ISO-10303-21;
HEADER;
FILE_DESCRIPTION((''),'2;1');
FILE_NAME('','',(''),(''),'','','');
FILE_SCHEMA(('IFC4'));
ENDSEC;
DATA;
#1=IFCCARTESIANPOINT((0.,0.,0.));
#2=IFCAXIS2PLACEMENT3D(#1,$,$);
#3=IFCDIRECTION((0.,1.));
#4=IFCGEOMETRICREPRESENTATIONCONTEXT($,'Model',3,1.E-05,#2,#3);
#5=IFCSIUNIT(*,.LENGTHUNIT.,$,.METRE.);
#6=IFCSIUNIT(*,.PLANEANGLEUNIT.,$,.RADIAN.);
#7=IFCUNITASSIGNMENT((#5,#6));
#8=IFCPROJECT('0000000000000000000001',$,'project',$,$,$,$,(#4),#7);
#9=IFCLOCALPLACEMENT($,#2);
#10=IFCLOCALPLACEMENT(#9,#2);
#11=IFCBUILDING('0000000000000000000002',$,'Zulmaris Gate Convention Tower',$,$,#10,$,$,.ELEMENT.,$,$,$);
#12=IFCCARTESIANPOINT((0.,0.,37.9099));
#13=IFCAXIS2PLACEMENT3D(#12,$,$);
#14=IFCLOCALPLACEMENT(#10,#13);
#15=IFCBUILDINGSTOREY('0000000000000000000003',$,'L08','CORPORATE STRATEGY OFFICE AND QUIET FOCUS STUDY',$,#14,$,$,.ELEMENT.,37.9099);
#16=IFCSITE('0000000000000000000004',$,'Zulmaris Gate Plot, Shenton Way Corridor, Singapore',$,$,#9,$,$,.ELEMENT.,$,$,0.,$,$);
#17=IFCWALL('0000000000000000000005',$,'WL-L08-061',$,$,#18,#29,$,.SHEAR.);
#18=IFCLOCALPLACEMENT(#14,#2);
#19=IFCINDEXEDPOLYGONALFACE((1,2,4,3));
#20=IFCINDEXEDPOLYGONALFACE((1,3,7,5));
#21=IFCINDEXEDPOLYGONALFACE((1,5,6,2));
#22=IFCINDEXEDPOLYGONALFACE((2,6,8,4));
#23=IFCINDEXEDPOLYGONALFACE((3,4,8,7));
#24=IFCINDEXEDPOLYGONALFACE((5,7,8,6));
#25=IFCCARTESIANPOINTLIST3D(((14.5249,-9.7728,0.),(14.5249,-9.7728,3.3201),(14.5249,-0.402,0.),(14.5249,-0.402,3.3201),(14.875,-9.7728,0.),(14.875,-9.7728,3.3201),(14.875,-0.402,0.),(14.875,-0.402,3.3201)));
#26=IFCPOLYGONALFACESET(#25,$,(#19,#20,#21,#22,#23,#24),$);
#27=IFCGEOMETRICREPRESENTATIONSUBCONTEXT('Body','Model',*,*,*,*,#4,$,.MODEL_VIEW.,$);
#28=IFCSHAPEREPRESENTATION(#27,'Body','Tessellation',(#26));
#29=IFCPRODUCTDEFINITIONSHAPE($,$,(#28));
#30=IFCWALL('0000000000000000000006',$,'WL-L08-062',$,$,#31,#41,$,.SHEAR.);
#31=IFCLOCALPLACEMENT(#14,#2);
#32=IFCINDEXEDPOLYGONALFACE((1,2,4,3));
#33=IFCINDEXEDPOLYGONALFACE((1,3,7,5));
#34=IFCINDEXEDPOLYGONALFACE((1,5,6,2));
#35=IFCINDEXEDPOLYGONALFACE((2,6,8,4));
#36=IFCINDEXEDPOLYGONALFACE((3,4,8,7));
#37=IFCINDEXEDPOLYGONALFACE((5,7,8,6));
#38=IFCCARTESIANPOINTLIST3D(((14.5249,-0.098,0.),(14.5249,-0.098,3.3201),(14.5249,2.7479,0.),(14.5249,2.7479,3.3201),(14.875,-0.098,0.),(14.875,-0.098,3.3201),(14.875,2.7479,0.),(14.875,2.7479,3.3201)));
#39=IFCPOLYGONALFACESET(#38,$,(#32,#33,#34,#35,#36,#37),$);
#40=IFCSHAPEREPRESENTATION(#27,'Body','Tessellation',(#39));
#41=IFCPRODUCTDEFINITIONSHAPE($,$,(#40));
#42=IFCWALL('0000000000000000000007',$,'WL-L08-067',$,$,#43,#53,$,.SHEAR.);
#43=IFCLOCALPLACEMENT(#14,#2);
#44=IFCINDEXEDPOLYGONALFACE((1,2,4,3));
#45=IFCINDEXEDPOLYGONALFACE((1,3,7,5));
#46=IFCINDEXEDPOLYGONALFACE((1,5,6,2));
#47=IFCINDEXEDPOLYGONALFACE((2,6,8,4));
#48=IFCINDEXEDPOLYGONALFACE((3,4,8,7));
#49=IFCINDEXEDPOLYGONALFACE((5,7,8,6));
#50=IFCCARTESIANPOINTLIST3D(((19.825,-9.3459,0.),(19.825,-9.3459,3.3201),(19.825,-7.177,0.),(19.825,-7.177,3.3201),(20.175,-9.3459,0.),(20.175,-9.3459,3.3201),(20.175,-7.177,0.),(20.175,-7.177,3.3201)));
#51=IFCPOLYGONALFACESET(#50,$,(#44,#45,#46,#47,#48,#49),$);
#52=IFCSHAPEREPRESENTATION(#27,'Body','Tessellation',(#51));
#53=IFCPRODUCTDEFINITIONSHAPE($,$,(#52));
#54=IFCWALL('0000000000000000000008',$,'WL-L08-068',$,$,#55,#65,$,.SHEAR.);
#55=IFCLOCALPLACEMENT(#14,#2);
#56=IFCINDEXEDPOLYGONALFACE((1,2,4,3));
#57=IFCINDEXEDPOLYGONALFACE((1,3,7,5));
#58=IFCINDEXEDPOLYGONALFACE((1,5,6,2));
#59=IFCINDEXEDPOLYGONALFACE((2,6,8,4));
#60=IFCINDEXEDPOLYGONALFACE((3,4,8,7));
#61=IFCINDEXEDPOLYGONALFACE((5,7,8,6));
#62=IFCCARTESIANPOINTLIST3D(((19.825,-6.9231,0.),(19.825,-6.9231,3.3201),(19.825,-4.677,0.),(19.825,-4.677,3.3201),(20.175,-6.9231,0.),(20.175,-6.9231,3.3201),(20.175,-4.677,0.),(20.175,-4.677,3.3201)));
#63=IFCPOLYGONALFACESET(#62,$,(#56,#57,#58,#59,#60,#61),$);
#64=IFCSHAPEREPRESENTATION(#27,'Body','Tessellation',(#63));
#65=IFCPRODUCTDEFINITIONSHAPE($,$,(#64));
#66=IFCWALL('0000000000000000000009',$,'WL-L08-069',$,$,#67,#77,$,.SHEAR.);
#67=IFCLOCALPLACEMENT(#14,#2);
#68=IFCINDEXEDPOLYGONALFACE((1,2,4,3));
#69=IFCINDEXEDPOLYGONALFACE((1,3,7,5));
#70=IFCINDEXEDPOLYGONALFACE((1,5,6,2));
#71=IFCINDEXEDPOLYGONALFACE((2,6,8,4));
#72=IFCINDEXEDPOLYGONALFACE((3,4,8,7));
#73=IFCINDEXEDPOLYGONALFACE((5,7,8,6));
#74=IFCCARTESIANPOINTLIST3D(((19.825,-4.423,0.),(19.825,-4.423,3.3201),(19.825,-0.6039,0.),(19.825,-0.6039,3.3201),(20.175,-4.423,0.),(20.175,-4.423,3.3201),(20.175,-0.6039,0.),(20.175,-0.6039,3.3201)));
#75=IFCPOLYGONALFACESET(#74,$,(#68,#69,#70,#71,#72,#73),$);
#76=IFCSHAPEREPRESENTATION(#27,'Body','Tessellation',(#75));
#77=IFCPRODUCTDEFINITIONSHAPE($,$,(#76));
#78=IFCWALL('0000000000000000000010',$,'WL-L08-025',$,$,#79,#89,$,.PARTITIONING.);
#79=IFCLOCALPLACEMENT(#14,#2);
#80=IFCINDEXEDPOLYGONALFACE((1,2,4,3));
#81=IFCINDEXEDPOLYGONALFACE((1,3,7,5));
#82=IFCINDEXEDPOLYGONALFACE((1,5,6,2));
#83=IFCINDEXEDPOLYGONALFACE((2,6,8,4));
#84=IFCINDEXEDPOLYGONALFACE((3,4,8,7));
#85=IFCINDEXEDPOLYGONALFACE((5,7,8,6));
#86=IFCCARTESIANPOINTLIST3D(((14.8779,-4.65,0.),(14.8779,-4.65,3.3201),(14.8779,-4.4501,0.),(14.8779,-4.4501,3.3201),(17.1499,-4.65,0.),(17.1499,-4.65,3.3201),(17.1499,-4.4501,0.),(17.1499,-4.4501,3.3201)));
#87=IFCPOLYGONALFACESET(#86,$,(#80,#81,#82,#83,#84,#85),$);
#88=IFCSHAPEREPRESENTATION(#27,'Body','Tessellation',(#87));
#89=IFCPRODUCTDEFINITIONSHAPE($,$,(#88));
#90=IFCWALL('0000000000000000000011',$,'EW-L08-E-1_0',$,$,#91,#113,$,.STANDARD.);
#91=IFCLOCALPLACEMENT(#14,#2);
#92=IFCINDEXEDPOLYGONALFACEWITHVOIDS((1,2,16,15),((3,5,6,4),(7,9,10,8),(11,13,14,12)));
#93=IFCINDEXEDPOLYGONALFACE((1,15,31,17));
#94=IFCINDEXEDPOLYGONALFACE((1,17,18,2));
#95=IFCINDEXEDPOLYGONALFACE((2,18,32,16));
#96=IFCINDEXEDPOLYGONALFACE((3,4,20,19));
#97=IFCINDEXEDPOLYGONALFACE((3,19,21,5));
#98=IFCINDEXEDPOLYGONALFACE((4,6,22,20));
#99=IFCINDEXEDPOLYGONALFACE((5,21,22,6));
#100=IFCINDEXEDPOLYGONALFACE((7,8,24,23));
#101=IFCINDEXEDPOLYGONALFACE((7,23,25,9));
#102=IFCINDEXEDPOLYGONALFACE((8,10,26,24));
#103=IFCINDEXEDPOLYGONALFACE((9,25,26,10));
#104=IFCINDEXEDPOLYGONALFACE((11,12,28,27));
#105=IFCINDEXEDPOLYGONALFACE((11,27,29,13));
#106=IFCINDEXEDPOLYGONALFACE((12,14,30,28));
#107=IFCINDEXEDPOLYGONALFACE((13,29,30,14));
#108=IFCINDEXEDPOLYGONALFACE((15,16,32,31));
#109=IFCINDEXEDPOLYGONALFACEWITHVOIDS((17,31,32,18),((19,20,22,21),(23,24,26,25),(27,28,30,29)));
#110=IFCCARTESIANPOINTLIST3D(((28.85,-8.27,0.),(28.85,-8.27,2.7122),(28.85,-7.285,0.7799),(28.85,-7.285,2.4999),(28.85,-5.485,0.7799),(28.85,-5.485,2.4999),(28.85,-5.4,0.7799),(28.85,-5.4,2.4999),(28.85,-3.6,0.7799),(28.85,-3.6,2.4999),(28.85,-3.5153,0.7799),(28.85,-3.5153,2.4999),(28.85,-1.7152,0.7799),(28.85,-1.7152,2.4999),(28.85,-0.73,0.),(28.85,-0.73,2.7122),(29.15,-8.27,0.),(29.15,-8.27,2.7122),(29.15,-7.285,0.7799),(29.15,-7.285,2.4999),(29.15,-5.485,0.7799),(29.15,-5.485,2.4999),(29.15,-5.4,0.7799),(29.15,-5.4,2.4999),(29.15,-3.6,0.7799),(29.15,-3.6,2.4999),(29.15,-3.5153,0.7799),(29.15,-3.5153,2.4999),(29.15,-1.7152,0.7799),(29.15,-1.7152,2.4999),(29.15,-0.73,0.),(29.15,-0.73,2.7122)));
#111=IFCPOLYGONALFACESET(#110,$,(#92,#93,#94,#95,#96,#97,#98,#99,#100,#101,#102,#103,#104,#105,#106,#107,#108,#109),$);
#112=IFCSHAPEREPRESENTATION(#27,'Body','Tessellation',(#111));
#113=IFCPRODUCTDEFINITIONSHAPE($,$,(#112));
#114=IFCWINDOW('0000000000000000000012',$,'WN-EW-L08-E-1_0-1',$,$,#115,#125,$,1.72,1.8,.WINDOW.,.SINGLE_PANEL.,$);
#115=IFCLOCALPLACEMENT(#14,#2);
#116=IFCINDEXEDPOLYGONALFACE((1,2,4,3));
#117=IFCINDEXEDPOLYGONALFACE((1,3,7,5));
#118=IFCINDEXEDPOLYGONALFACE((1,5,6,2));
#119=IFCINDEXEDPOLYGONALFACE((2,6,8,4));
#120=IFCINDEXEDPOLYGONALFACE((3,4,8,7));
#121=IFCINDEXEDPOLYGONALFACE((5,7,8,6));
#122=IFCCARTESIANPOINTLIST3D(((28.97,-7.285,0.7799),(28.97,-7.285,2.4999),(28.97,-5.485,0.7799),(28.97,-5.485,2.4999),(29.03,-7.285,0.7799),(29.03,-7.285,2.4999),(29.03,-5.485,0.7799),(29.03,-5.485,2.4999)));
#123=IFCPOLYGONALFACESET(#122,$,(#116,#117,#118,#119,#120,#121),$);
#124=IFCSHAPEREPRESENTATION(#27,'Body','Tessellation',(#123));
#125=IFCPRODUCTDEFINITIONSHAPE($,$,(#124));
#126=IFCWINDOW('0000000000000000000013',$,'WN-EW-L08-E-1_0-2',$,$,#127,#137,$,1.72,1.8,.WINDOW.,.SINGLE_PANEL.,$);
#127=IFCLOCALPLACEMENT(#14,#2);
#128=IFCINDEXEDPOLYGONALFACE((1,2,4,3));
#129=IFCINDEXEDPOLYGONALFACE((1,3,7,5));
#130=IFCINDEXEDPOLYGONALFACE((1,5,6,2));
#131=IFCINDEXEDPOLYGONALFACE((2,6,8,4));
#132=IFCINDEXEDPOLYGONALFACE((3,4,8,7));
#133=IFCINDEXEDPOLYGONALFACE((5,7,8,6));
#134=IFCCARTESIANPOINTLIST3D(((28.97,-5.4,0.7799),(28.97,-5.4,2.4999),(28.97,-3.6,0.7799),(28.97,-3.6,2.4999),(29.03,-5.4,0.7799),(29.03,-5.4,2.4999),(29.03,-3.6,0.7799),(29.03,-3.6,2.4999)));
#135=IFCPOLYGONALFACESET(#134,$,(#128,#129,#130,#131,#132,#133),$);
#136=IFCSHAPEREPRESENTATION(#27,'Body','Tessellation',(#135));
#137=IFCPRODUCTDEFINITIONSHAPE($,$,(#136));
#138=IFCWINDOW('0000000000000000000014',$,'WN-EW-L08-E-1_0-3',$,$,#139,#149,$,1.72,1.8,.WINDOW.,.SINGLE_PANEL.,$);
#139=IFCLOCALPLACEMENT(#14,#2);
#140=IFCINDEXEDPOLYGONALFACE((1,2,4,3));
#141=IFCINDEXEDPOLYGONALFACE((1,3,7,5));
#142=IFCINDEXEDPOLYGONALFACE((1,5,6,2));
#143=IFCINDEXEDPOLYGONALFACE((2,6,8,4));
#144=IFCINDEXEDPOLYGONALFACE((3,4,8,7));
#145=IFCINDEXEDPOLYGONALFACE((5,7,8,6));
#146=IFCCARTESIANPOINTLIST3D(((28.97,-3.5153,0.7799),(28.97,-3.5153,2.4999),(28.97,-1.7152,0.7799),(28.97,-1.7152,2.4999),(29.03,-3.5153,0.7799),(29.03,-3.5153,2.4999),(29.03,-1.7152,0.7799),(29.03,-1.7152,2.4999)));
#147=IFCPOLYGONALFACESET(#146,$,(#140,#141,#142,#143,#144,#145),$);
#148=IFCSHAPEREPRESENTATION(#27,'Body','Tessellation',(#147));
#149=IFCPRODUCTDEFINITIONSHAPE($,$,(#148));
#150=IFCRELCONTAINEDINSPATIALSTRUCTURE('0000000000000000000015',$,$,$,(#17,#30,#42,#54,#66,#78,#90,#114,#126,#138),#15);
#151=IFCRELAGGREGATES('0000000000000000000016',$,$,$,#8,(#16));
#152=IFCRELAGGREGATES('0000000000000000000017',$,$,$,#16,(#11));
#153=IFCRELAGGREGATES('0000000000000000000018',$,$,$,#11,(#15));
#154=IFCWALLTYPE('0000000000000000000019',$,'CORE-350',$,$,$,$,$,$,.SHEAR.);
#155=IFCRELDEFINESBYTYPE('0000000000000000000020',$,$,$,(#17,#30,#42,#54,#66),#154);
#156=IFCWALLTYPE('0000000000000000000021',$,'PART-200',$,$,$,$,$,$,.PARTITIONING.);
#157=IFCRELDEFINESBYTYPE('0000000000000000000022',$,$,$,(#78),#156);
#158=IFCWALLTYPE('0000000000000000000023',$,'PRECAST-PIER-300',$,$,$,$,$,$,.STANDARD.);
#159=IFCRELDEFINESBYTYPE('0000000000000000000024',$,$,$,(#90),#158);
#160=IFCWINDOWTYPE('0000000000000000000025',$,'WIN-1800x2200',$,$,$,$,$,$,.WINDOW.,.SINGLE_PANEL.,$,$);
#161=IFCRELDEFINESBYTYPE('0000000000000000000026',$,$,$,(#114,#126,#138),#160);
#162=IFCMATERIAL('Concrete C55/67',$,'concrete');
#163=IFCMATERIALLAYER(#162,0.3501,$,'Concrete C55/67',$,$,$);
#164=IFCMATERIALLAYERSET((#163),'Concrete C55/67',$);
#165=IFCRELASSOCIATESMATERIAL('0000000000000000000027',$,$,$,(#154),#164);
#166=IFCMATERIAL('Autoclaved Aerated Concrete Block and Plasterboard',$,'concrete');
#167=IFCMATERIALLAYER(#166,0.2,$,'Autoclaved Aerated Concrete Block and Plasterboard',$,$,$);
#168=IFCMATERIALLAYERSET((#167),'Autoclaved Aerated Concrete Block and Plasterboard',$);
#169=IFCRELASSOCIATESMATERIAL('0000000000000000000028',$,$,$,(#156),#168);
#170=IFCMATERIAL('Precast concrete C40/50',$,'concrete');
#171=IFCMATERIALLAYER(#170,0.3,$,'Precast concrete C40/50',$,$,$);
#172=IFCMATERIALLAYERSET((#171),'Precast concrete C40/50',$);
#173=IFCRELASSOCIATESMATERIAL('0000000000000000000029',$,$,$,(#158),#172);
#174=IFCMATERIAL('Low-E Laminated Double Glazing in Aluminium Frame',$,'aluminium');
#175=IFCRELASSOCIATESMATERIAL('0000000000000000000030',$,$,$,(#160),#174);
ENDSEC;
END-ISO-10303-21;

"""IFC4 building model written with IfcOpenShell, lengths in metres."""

from ifc_helpers import new_model, si_unit, direction, frame, frame_2d, origin, place, context, subcontext, project, spatial, rectangle, extrude, material, layer, layer_set, type_object, element, fill, save


model = new_model("IFC4")

# Units and contexts
model_context = context("Model", 3, precision=1e-05, world=origin(), true_north=direction((0.0, 1.0)))
body_context = subcontext(model_context, "Body", "Model", "MODEL_VIEW")
ifc_project = project(units=[si_unit("LENGTHUNIT", "METRE"), si_unit("PLANEANGLEUNIT", "RADIAN")], contexts=[model_context])

# Site, building, storey
site_placement = place(None, origin())
site = spatial("IfcSite", under=ifc_project, at=site_placement, Name="Zulmaris Gate Plot, Shenton Way Corridor, Singapore", CompositionType="ELEMENT", RefElevation=0.0)
building_placement = place(site_placement, origin())
building = spatial("IfcBuilding", under=site, at=building_placement, Name="Zulmaris Gate Convention Tower", CompositionType="ELEMENT")
storey_placement = place(building_placement, frame((0.0, 0.0, 37.9099)))
storey = spatial("IfcBuildingStorey", under=building, at=storey_placement, Name="L08", Description="CORPORATE STRATEGY OFFICE AND QUIET FOCUS STUDY", CompositionType="ELEMENT", Elevation=37.9099)

# Walls
ifc_material_1 = material(Name="Concrete C55/67", Category="concrete")
ifc_layer_1 = layer(ifc_material_1, 0.3501, Name="Concrete C55/67")
ifc_layer_set_1 = layer_set([ifc_layer_1], Name="Concrete C55/67")
wall_type_1 = type_object("IfcWallType", Name="CORE-350", PredefinedType="SHEAR", material=ifc_layer_set_1)
wall_1_placement = place(storey_placement, frame((14.7, -9.7729, 0.0), z_axis=(0.0, 0.0, 1.0), x_axis=(0.0, 1.0, 0.0)))
element("IfcWall", 1, at=wall_1_placement, inside=storey, type_object=wall_type_1, Name="WL-L08-061", PredefinedType="SHEAR", context=body_context, shape_type="SweptSolid", body=[
    extrude(rectangle(XDim=9.3708, YDim=0.3501, at=frame_2d((4.6855, 0.0))), origin(), (0.0, 0.0, 1.0), 3.3201),
])
wall_2_placement = place(storey_placement, frame((14.7, -0.0979, 0.0), z_axis=(0.0, 0.0, 1.0), x_axis=(0.0, 1.0, 0.0)))
element("IfcWall", 2, at=wall_2_placement, inside=storey, type_object=wall_type_1, Name="WL-L08-062", PredefinedType="SHEAR", context=body_context, shape_type="SweptSolid", body=[
    extrude(rectangle(XDim=2.8459, YDim=0.3501, at=frame_2d((1.4229, 0.0))), origin(), (0.0, 0.0, 1.0), 3.3201),
])
wall_3_placement = place(storey_placement, frame((20.0, -9.3459, 0.0), z_axis=(0.0, 0.0, 1.0), x_axis=(0.0, 1.0, 0.0)))
element("IfcWall", 3, at=wall_3_placement, inside=storey, type_object=wall_type_1, Name="WL-L08-067", PredefinedType="SHEAR", context=body_context, shape_type="SweptSolid", body=[
    extrude(rectangle(XDim=2.1689, YDim=0.3501, at=frame_2d((1.0845, 0.0))), origin(), (0.0, 0.0, 1.0), 3.3201),
])
wall_4_placement = place(storey_placement, frame((20.0, -6.9231, 0.0), z_axis=(0.0, 0.0, 1.0), x_axis=(0.0, 1.0, 0.0)))
element("IfcWall", 4, at=wall_4_placement, inside=storey, type_object=wall_type_1, Name="WL-L08-068", PredefinedType="SHEAR", context=body_context, shape_type="SweptSolid", body=[
    extrude(rectangle(XDim=2.2461, YDim=0.3501, at=frame_2d((1.123, 0.0))), origin(), (0.0, 0.0, 1.0), 3.3201),
])
wall_5_placement = place(storey_placement, frame((20.0, -4.4231, 0.0), z_axis=(0.0, 0.0, 1.0), x_axis=(0.0, 1.0, 0.0)))
element("IfcWall", 5, at=wall_5_placement, inside=storey, type_object=wall_type_1, Name="WL-L08-069", PredefinedType="SHEAR", context=body_context, shape_type="SweptSolid", body=[
    extrude(rectangle(XDim=3.8191, YDim=0.3501, at=frame_2d((1.9097, 0.0))), origin(), (0.0, 0.0, 1.0), 3.3201),
])
ifc_material_2 = material(Name="Autoclaved Aerated Concrete Block and Plasterboard", Category="concrete")
ifc_layer_2 = layer(ifc_material_2, 0.2, Name="Autoclaved Aerated Concrete Block and Plasterboard")
ifc_layer_set_2 = layer_set([ifc_layer_2], Name="Autoclaved Aerated Concrete Block and Plasterboard")
wall_type_2 = type_object("IfcWallType", Name="PART-200", PredefinedType="PARTITIONING", material=ifc_layer_set_2)
wall_6_placement = place(storey_placement, frame((14.8779, -4.55, 0.0), z_axis=(0.0, 0.0, 1.0), x_axis=(1.0, 0.0, 0.0)))
element("IfcWall", 6, at=wall_6_placement, inside=storey, type_object=wall_type_2, Name="WL-L08-025", PredefinedType="PARTITIONING", context=body_context, shape_type="SweptSolid", body=[
    extrude(rectangle(XDim=2.272, YDim=0.2, at=frame_2d((1.136, 0.0))), origin(), (0.0, 0.0, 1.0), 3.3201),
])

# Wall, openings, windows
ifc_material_3 = material(Name="Precast concrete C40/50", Category="concrete")
ifc_layer_3 = layer(ifc_material_3, 0.3, Name="Precast concrete C40/50")
ifc_layer_set_3 = layer_set([ifc_layer_3], Name="Precast concrete C40/50")
wall_type_3 = type_object("IfcWallType", Name="PRECAST-PIER-300", PredefinedType="STANDARD", material=ifc_layer_set_3)
wall_7_placement = place(storey_placement, frame((29.0, -8.27, 0.0), z_axis=(0.0, 0.0, 1.0), x_axis=(0.0, 1.0, 0.0)))
wall_7 = element("IfcWall", 7, at=wall_7_placement, inside=storey, type_object=wall_type_3, Name="EW-L08-E-1_0", PredefinedType="STANDARD", context=body_context, shape_type="SweptSolid", body=[
    extrude(rectangle(XDim=7.54, YDim=0.3, at=frame_2d((3.77, 0.0))), origin(), (0.0, 0.0, 1.0), 2.7122),
])
opening_1_placement = place(wall_7_placement, frame((0.9851, 0.0, 0.78)))
opening_1 = element("IfcOpeningElement", 8, at=opening_1_placement, cuts=wall_7, PredefinedType="OPENING", context=body_context, shape_type="SweptSolid", body=[
    extrude(rectangle(XDim=1.8, YDim=1.72, at=frame_2d((0.8999, 0.8599))), frame((0.0, 0.1602, 0.0), z_axis=(0.0, -1.0, 0.0), x_axis=(1.0, 0.0, 0.0)), (0.0, 0.0, 1.0), 0.3201),
])
opening_2_placement = place(wall_7_placement, frame((2.8701, 0.0, 0.78)))
opening_2 = element("IfcOpeningElement", 9, at=opening_2_placement, cuts=wall_7, PredefinedType="OPENING", context=body_context, shape_type="SweptSolid", body=[
    extrude(rectangle(XDim=1.8, YDim=1.72, at=frame_2d((0.8999, 0.8599))), frame((0.0, 0.1602, 0.0), z_axis=(0.0, -1.0, 0.0), x_axis=(1.0, 0.0, 0.0)), (0.0, 0.0, 1.0), 0.3201),
])
opening_3_placement = place(wall_7_placement, frame((4.7549, 0.0, 0.78)))
opening_3 = element("IfcOpeningElement", 10, at=opening_3_placement, cuts=wall_7, PredefinedType="OPENING", context=body_context, shape_type="SweptSolid", body=[
    extrude(rectangle(XDim=1.8, YDim=1.72, at=frame_2d((0.8999, 0.8599))), frame((0.0, 0.1602, 0.0), z_axis=(0.0, -1.0, 0.0), x_axis=(1.0, 0.0, 0.0)), (0.0, 0.0, 1.0), 0.3201),
])
ifc_material_4 = material(Name="Low-E Laminated Double Glazing in Aluminium Frame", Category="aluminium")
window_type = type_object("IfcWindowType", Name="WIN-1800x2200", PartitioningType="SINGLE_PANEL", PredefinedType="WINDOW", material=ifc_material_4)
window_1_placement = place(opening_1_placement, origin())
window_1 = element("IfcWindow", 11, at=window_1_placement, inside=storey, type_object=window_type, Name="WN-EW-L08-E-1_0-1", OverallHeight=1.72, OverallWidth=1.8, PartitioningType="SINGLE_PANEL", PredefinedType="WINDOW", context=body_context, shape_type="SweptSolid", body=[
    extrude(rectangle(XDim=1.8, YDim=1.72, at=frame_2d((0.8999, 0.8599))), frame((0.0, 0.03, 0.0), z_axis=(0.0, -1.0, 0.0), x_axis=(1.0, 0.0, 0.0)), (0.0, 0.0, 1.0), 0.0601),
])
fill(opening_1, window_1)
window_2_placement = place(opening_2_placement, origin())
window_2 = element("IfcWindow", 12, at=window_2_placement, inside=storey, type_object=window_type, Name="WN-EW-L08-E-1_0-2", OverallHeight=1.72, OverallWidth=1.8, PartitioningType="SINGLE_PANEL", PredefinedType="WINDOW", context=body_context, shape_type="SweptSolid", body=[
    extrude(rectangle(XDim=1.8, YDim=1.72, at=frame_2d((0.8999, 0.8599))), frame((0.0, 0.03, 0.0), z_axis=(0.0, -1.0, 0.0), x_axis=(1.0, 0.0, 0.0)), (0.0, 0.0, 1.0), 0.0601),
])
fill(opening_2, window_2)
window_3_placement = place(opening_3_placement, origin())
window_3 = element("IfcWindow", 13, at=window_3_placement, inside=storey, type_object=window_type, Name="WN-EW-L08-E-1_0-3", OverallHeight=1.72, OverallWidth=1.8, PartitioningType="SINGLE_PANEL", PredefinedType="WINDOW", context=body_context, shape_type="SweptSolid", body=[
    extrude(rectangle(XDim=1.8, YDim=1.72, at=frame_2d((0.8999, 0.8599))), frame((0.0, 0.03, 0.0), z_axis=(0.0, -1.0, 0.0), x_axis=(1.0, 0.0, 0.0)), (0.0, 0.0, 1.0), 0.0601),
])
fill(opening_3, window_3)

save(model, "model.ifc")
